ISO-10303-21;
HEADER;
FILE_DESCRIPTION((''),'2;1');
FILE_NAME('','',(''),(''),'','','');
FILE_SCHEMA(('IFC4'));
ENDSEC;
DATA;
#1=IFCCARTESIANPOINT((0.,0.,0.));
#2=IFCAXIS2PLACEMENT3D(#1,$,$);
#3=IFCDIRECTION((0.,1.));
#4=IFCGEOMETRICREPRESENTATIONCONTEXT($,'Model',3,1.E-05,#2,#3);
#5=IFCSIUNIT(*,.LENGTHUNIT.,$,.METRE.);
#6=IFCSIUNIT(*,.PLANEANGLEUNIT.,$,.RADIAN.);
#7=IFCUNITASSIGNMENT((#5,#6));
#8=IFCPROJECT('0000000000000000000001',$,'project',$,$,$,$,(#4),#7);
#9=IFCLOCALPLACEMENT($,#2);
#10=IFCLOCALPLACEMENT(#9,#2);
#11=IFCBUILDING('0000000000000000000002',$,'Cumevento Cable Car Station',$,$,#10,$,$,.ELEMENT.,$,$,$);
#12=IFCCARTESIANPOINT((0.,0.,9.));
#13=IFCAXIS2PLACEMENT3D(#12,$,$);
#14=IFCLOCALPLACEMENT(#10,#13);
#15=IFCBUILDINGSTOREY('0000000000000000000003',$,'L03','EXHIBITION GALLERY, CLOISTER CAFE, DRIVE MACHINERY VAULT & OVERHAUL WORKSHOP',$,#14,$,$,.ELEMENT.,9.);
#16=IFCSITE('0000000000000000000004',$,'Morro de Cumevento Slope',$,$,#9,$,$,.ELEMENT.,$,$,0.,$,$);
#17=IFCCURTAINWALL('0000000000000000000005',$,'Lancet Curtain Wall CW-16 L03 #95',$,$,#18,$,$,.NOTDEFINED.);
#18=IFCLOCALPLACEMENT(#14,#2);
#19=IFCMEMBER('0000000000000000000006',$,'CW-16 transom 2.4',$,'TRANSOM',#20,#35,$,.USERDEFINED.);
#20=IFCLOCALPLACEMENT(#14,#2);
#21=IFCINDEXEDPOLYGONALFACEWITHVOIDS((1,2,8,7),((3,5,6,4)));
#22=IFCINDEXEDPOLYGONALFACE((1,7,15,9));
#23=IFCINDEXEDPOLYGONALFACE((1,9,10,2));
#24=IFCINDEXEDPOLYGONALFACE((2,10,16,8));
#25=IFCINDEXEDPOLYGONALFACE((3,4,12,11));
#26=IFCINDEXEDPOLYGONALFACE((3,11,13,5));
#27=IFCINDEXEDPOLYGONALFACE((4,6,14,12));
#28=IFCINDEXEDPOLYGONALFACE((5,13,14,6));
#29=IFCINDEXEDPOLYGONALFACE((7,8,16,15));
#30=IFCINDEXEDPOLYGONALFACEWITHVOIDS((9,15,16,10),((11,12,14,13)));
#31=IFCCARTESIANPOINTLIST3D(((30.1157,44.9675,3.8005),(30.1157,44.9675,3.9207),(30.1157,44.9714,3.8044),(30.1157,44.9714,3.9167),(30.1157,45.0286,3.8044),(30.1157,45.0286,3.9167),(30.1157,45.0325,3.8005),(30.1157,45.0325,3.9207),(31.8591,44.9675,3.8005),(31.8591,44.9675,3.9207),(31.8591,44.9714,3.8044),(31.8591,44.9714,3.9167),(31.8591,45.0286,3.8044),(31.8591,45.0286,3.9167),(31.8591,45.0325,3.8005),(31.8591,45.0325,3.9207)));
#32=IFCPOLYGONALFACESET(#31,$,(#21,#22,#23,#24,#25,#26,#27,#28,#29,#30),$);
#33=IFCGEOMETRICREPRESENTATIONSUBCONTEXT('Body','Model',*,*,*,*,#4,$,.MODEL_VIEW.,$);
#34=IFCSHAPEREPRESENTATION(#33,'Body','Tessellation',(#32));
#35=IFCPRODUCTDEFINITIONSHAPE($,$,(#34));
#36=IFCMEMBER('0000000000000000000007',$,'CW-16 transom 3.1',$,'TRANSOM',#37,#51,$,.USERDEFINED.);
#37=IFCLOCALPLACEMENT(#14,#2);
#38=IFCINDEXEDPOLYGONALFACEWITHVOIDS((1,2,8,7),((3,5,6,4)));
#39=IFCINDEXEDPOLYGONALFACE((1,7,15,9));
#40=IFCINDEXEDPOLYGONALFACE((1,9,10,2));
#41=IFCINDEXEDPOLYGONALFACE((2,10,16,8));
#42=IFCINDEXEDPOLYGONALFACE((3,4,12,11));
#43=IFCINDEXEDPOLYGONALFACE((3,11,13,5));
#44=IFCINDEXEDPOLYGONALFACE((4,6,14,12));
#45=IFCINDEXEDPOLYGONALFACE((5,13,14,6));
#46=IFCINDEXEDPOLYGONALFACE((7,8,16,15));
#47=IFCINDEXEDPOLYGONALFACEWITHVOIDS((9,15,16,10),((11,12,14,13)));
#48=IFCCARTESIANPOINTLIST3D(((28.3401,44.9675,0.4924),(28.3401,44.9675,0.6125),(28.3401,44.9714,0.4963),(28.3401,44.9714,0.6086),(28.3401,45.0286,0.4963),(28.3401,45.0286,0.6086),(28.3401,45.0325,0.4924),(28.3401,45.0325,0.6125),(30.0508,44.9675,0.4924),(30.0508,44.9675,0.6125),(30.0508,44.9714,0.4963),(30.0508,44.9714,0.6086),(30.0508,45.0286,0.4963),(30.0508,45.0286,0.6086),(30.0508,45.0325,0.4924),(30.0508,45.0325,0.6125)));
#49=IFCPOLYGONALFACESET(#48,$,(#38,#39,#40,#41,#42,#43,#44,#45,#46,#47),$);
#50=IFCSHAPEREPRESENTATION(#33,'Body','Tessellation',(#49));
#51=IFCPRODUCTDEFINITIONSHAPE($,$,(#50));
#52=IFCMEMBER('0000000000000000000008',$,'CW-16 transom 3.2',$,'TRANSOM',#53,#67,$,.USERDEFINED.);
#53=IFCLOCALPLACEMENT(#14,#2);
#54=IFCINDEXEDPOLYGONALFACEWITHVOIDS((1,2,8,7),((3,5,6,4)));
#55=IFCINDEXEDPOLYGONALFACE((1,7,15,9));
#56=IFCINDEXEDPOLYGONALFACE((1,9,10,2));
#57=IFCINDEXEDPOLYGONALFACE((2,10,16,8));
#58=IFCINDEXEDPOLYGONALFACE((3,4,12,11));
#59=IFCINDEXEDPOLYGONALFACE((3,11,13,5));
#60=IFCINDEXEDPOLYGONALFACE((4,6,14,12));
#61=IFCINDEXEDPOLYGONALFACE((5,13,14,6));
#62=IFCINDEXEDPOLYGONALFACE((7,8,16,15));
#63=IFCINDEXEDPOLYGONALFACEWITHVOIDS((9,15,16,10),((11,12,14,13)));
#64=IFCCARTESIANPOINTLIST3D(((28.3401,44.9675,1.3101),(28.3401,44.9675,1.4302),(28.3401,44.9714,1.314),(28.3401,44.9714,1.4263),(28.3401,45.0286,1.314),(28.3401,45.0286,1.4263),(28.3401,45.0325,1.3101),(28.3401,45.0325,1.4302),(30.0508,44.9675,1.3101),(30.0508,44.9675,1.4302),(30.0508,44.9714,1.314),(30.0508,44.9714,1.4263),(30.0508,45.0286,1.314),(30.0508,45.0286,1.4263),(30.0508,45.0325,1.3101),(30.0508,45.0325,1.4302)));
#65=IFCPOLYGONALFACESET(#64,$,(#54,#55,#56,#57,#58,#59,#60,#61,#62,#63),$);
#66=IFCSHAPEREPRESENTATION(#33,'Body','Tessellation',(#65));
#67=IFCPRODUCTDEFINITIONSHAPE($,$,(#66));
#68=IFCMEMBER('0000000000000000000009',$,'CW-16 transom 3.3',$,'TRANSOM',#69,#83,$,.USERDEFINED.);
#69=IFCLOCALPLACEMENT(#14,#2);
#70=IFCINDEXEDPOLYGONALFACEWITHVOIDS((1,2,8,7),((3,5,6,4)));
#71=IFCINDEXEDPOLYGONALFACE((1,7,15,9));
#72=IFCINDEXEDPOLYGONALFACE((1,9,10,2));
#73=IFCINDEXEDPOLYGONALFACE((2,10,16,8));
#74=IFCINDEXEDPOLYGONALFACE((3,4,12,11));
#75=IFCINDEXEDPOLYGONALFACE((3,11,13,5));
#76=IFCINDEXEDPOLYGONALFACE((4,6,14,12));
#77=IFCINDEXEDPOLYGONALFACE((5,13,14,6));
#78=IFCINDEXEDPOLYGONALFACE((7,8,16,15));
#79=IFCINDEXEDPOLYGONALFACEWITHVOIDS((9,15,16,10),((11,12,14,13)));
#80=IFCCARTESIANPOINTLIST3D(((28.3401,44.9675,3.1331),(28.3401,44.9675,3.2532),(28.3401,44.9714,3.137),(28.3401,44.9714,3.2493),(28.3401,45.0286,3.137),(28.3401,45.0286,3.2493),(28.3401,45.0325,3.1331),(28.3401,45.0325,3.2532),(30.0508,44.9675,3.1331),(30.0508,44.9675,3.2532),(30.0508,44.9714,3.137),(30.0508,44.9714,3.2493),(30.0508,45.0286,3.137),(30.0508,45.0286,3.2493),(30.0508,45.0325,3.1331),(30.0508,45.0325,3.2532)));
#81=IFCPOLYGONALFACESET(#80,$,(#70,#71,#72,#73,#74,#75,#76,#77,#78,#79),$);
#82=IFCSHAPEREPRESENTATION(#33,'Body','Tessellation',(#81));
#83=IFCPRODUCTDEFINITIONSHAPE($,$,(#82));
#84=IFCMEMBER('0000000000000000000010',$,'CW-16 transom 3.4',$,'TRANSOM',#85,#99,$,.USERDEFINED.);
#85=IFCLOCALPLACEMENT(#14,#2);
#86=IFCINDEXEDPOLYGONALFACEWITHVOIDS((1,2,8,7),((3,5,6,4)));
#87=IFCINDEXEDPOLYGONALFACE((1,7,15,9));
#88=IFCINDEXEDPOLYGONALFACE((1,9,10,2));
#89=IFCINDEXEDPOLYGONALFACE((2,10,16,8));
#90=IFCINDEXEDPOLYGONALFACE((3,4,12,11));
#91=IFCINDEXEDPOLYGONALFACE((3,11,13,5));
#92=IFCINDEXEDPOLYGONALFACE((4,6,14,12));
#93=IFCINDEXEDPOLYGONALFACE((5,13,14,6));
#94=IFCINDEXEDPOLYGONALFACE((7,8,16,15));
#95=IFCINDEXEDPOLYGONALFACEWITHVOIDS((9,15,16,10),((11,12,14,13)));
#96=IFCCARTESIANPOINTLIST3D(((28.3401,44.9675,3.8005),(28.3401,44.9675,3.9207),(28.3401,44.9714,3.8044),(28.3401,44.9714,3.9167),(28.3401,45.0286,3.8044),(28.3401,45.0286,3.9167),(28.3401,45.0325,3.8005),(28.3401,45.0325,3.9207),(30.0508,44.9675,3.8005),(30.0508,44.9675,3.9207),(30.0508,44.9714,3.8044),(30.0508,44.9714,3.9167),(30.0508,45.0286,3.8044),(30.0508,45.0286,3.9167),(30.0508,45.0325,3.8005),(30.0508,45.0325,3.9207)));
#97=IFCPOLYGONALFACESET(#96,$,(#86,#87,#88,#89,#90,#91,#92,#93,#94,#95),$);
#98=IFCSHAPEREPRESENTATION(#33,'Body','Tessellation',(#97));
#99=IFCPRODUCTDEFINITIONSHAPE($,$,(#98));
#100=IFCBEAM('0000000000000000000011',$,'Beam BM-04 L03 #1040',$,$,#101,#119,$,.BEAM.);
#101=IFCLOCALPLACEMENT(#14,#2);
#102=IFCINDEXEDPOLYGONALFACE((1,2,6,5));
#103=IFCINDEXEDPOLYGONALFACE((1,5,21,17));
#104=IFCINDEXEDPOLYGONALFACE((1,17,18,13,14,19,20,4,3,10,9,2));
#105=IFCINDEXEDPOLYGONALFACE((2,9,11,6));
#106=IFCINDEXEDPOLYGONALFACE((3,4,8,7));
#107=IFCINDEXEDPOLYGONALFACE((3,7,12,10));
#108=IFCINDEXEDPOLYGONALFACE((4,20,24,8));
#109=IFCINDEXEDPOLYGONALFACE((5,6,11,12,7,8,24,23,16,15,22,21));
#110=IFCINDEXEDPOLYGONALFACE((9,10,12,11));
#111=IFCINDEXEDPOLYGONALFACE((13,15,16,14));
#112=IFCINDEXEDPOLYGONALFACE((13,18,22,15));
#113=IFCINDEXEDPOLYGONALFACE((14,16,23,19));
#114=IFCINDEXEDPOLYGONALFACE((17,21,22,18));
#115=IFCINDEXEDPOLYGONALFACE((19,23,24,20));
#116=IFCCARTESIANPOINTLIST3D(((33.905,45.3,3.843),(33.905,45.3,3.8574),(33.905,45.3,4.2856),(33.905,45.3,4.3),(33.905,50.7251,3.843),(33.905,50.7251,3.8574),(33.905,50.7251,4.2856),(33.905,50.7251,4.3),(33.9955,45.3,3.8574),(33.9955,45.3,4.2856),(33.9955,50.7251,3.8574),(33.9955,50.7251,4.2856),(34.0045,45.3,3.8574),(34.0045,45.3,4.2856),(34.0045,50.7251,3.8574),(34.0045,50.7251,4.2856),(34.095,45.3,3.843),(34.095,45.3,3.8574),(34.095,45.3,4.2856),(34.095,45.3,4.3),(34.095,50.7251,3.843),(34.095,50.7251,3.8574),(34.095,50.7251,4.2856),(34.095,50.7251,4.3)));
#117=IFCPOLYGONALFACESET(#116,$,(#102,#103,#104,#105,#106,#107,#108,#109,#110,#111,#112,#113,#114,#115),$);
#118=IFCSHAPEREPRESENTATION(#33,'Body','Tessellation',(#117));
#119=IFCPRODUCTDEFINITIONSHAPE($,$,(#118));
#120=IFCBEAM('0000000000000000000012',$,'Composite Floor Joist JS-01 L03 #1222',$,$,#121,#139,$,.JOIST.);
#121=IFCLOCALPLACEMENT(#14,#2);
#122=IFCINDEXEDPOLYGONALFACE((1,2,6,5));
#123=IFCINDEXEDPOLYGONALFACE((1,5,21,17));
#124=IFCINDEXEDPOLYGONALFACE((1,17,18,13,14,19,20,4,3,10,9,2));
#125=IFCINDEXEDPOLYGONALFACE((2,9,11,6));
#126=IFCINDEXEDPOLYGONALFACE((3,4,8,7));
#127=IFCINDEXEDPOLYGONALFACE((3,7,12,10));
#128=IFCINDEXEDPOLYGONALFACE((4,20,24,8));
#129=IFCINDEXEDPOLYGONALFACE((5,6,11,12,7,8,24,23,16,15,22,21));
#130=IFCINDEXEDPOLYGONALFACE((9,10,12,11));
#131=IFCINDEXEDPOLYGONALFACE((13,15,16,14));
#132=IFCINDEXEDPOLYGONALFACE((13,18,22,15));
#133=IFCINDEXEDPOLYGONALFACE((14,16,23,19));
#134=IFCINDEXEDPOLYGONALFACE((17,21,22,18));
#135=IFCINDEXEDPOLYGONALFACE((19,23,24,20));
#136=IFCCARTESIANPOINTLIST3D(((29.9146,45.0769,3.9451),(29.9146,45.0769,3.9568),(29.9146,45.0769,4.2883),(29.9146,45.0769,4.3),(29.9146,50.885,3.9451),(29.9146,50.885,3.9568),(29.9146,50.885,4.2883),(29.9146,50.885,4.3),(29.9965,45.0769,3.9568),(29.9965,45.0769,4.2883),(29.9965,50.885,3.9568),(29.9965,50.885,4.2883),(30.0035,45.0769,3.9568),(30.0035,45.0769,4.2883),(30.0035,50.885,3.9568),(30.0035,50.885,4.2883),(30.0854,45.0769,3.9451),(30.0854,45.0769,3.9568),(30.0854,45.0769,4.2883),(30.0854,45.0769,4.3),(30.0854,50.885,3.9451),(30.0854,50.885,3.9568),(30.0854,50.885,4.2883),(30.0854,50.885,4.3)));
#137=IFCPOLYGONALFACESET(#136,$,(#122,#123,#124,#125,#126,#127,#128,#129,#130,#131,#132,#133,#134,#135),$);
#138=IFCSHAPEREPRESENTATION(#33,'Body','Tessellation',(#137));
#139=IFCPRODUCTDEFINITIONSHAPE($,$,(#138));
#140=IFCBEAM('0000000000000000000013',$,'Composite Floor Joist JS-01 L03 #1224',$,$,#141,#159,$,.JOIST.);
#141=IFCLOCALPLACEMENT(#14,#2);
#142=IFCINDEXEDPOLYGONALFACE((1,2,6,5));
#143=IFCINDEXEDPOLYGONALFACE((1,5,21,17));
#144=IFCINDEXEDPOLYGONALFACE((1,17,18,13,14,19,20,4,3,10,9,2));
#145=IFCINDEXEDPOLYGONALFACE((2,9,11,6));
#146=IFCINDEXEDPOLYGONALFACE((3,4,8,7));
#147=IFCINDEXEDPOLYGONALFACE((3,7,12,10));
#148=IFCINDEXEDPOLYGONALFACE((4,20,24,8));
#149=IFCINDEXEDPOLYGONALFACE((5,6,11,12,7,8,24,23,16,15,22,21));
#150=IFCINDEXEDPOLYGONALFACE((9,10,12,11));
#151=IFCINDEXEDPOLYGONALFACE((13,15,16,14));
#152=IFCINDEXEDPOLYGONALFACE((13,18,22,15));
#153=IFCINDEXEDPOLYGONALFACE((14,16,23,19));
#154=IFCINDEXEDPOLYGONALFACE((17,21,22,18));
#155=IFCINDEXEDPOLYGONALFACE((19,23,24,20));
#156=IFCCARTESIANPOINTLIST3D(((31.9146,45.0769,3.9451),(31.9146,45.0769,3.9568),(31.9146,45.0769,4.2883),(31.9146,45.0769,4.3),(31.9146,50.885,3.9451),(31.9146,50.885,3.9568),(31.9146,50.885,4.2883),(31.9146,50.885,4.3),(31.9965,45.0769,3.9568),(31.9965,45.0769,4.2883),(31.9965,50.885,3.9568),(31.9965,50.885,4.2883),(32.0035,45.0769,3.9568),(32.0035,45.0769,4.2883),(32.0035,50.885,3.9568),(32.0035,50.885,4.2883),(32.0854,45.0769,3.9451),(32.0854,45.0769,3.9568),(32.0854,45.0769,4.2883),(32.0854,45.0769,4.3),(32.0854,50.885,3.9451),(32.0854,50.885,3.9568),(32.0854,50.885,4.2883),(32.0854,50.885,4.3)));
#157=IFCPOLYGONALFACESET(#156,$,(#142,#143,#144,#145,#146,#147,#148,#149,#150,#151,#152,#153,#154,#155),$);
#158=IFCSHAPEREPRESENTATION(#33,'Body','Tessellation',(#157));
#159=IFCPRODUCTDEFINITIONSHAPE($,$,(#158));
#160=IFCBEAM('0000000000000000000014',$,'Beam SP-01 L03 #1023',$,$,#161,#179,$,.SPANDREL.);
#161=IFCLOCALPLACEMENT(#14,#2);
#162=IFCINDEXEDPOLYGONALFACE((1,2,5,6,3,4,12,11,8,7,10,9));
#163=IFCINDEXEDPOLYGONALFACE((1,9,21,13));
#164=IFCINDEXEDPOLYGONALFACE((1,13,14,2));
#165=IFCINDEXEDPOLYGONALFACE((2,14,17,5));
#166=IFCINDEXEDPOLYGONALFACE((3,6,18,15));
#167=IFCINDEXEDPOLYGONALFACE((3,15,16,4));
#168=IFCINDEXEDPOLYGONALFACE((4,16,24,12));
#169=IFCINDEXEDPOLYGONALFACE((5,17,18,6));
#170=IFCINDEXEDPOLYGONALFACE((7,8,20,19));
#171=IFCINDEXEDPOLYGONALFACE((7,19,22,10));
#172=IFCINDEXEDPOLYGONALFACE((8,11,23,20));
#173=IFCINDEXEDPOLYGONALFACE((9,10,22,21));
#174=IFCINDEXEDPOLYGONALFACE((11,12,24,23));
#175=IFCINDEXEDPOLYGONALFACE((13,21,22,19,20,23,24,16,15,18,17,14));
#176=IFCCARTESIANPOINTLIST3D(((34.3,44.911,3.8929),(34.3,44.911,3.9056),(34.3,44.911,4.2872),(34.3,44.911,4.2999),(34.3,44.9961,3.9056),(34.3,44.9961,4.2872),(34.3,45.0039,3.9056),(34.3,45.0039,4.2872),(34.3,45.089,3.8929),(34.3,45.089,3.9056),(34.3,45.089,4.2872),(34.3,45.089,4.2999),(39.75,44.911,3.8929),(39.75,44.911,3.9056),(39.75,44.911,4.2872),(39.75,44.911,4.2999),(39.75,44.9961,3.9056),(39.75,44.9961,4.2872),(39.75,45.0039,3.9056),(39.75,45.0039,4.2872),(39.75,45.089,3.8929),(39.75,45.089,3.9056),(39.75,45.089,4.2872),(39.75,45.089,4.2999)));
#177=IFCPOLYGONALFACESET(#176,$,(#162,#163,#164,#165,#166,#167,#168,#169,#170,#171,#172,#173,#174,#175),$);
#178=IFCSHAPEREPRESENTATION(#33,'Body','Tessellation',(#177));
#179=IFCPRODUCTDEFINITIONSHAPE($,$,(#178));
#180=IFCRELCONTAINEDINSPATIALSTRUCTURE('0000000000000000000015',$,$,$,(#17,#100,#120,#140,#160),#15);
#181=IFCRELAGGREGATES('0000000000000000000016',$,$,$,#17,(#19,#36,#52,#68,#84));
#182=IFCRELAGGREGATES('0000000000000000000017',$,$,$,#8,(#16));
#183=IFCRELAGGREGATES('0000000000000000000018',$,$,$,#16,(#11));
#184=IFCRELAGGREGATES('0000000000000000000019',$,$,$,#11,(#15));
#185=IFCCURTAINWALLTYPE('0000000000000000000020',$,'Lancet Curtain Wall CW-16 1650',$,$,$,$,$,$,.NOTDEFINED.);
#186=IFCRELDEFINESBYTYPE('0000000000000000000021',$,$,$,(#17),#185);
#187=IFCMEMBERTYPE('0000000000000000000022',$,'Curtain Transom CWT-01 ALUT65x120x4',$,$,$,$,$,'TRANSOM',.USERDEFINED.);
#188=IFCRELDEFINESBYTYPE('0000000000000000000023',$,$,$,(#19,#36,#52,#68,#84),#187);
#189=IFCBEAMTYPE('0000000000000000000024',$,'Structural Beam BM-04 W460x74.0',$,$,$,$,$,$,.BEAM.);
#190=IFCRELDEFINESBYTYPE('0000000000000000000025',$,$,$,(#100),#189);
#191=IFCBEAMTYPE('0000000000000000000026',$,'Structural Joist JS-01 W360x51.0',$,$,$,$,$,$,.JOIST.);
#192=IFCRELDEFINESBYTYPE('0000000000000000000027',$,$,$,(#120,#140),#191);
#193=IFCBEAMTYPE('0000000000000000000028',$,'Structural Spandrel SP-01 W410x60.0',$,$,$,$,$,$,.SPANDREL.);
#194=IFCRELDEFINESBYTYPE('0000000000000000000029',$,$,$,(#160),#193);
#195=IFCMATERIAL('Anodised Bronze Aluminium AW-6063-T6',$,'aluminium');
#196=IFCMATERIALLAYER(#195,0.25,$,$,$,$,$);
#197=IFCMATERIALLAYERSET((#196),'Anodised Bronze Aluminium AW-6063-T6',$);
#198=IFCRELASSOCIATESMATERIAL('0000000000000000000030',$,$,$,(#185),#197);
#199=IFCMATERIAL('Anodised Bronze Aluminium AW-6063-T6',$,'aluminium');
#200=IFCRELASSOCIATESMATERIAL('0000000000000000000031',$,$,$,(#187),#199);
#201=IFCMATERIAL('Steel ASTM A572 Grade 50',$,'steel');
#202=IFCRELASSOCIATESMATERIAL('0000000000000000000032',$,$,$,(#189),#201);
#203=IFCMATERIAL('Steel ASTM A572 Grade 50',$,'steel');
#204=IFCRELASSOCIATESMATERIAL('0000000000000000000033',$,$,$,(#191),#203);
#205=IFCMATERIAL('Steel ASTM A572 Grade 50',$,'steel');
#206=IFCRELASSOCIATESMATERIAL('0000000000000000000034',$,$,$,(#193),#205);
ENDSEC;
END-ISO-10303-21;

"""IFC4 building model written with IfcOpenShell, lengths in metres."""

from ifc_helpers import new_model, si_unit, direction, frame, origin, origin_2d, place, context, subcontext, project, spatial, hollow_rectangle, i_section, extrude, material, layer, layer_set, material_profile, profile_set, type_object, element, aggregate, save


model = new_model("IFC4")

# Units and contexts
model_context = context("Model", 3, precision=1e-05, world=origin(), true_north=direction((0.0, 1.0)))
body_context = subcontext(model_context, "Body", "Model", "MODEL_VIEW")
ifc_project = project(units=[si_unit("LENGTHUNIT", "METRE"), si_unit("PLANEANGLEUNIT", "RADIAN")], contexts=[model_context])

# Site, building, storey
site_placement = place(None, origin())
site = spatial("IfcSite", under=ifc_project, at=site_placement, Name="Morro de Cumevento Slope", CompositionType="ELEMENT", RefElevation=0.0)
building_placement = place(site_placement, origin())
building = spatial("IfcBuilding", under=site, at=building_placement, Name="Cumevento Cable Car Station", CompositionType="ELEMENT")
storey_placement = place(building_placement, frame((0.0, 0.0, 9.0)))
storey = spatial("IfcBuildingStorey", under=building, at=storey_placement, Name="L03", Description="EXHIBITION GALLERY, CLOISTER CAFE, DRIVE MACHINERY VAULT & OVERHAUL WORKSHOP", CompositionType="ELEMENT", Elevation=9.0)

# Curtain wall, members
ifc_material_1 = material(Name="Anodised Bronze Aluminium AW-6063-T6", Category="aluminium")
ifc_layer_1 = layer(ifc_material_1, 0.25)
ifc_layer_set_1 = layer_set([ifc_layer_1], Name="Anodised Bronze Aluminium AW-6063-T6")
curtain_wall_type = type_object("IfcCurtainWallType", Name="Lancet Curtain Wall CW-16 1650", PredefinedType="NOTDEFINED", material=ifc_layer_set_1)
curtain_wall_placement = place(storey_placement, origin())
curtain_wall = element("IfcCurtainWall", 1, at=curtain_wall_placement, inside=storey, type_object=curtain_wall_type, Name="Lancet Curtain Wall CW-16 L03 #95", PredefinedType="NOTDEFINED")
ifc_material_2 = material(Name="Anodised Bronze Aluminium AW-6063-T6", Category="aluminium")
ifc_material_profile_1 = material_profile(ifc_material_2, hollow_rectangle(XDim=0.0649, YDim=0.1201, WallThickness=0.0039, at=origin_2d()), Name="ALUT65x120x4")
ifc_profile_set_1 = profile_set([ifc_material_profile_1], Name="Anodised Bronze Aluminium AW-6063-T6")
member_type_1 = type_object("IfcMemberType", Name="Curtain Transom CWT-01 ALUT65x120x4", ElementType="TRANSOM", PredefinedType="USERDEFINED", material=ifc_profile_set_1)
member_1_placement = place(storey_placement, frame((31.8591, 45.0, 3.8606), z_axis=(-1.0, 0.0, 0.0), x_axis=(0.0, -1.0, 0.0)))
member_1 = element("IfcMember", 2, at=member_1_placement, type_object=member_type_1, Name="CW-16 transom 2.4", ObjectType="TRANSOM", PredefinedType="USERDEFINED", context=body_context, shape_type="SweptSolid", body=[
    extrude(hollow_rectangle(XDim=0.0649, YDim=0.1201, WallThickness=0.0039, at=origin_2d()), origin(), (0.0, 0.0, 1.0), 1.7434),
])
member_2_placement = place(storey_placement, frame((30.0508, 45.0, 0.5525), z_axis=(-1.0, 0.0, 0.0), x_axis=(0.0, -1.0, 0.0)))
member_2 = element("IfcMember", 3, at=member_2_placement, type_object=member_type_1, Name="CW-16 transom 3.1", ObjectType="TRANSOM", PredefinedType="USERDEFINED", context=body_context, shape_type="SweptSolid", body=[
    extrude(hollow_rectangle(XDim=0.0649, YDim=0.1201, WallThickness=0.0039, at=origin_2d()), origin(), (0.0, 0.0, 1.0), 1.7107),
])
member_3_placement = place(storey_placement, frame((30.0508, 45.0, 1.3701), z_axis=(-1.0, 0.0, 0.0), x_axis=(0.0, -1.0, 0.0)))
member_3 = element("IfcMember", 4, at=member_3_placement, type_object=member_type_1, Name="CW-16 transom 3.2", ObjectType="TRANSOM", PredefinedType="USERDEFINED", context=body_context, shape_type="SweptSolid", body=[
    extrude(hollow_rectangle(XDim=0.0649, YDim=0.1201, WallThickness=0.0039, at=origin_2d()), origin(), (0.0, 0.0, 1.0), 1.7107),
])
member_4_placement = place(storey_placement, frame((30.0508, 45.0, 3.1931), z_axis=(-1.0, 0.0, 0.0), x_axis=(0.0, -1.0, 0.0)))
member_4 = element("IfcMember", 5, at=member_4_placement, type_object=member_type_1, Name="CW-16 transom 3.3", ObjectType="TRANSOM", PredefinedType="USERDEFINED", context=body_context, shape_type="SweptSolid", body=[
    extrude(hollow_rectangle(XDim=0.0649, YDim=0.1201, WallThickness=0.0039, at=origin_2d()), origin(), (0.0, 0.0, 1.0), 1.7107),
])
member_5_placement = place(storey_placement, frame((30.0508, 45.0, 3.8606), z_axis=(-1.0, 0.0, 0.0), x_axis=(0.0, -1.0, 0.0)))
member_5 = element("IfcMember", 6, at=member_5_placement, type_object=member_type_1, Name="CW-16 transom 3.4", ObjectType="TRANSOM", PredefinedType="USERDEFINED", context=body_context, shape_type="SweptSolid", body=[
    extrude(hollow_rectangle(XDim=0.0649, YDim=0.1201, WallThickness=0.0039, at=origin_2d()), origin(), (0.0, 0.0, 1.0), 1.7107),
])

# Beams
ifc_material_3 = material(Name="Steel ASTM A572 Grade 50", Category="steel")
ifc_material_profile_2 = material_profile(ifc_material_3, i_section(OverallWidth=0.1899, OverallDepth=0.457, WebThickness=0.009, FlangeThickness=0.0144, at=origin_2d()), Name="W460x74.0")
ifc_profile_set_2 = profile_set([ifc_material_profile_2], Name="Steel ASTM A572 Grade 50")
beam_type_1 = type_object("IfcBeamType", Name="Structural Beam BM-04 W460x74.0", PredefinedType="BEAM", material=ifc_profile_set_2)
beam_1_placement = place(storey_placement, frame((34.0, 45.3, 4.0715), z_axis=(0.0, 1.0, 0.0), x_axis=(-1.0, 0.0, 0.0)))
element("IfcBeam", 7, at=beam_1_placement, inside=storey, type_object=beam_type_1, Name="Beam BM-04 L03 #1040", PredefinedType="BEAM", context=body_context, shape_type="SweptSolid", body=[
    extrude(i_section(OverallWidth=0.1899, OverallDepth=0.457, WebThickness=0.009, FlangeThickness=0.0144, at=origin_2d()), origin(), (0.0, 0.0, 1.0), 5.425),
])
ifc_material_4 = material(Name="Steel ASTM A572 Grade 50", Category="steel")
ifc_material_profile_3 = material_profile(ifc_material_4, i_section(OverallWidth=0.1709, OverallDepth=0.355, WebThickness=0.0071, FlangeThickness=0.0117, at=origin_2d()), Name="W360x51.0")
ifc_profile_set_3 = profile_set([ifc_material_profile_3], Name="Steel ASTM A572 Grade 50")
beam_type_2 = type_object("IfcBeamType", Name="Structural Joist JS-01 W360x51.0", PredefinedType="JOIST", material=ifc_profile_set_3)
for number, where, z_axis, x_axis, name in (
    (8, (30.0, 45.0769, 4.1226), (0.0, 1.0, 0.0), (-1.0, 0.0, 0.0), "Composite Floor Joist JS-01 L03 #1222"),
    (9, (32.0, 45.0769, 4.1226), (0.0, 1.0, 0.0), (-1.0, 0.0, 0.0), "Composite Floor Joist JS-01 L03 #1224"),
):
    element("IfcBeam", number, at=place(storey_placement, frame(where, z_axis=z_axis, x_axis=x_axis)), inside=storey, type_object=beam_type_2, Name=name, PredefinedType="JOIST", context=body_context, shape_type="SweptSolid", body=[
        extrude(i_section(OverallWidth=0.1709, OverallDepth=0.355, WebThickness=0.0071, FlangeThickness=0.0117, at=origin_2d()), origin(), (0.0, 0.0, 1.0), 5.8081),
    ])
ifc_material_5 = material(Name="Steel ASTM A572 Grade 50", Category="steel")
ifc_material_profile_4 = material_profile(ifc_material_5, i_section(OverallWidth=0.178, OverallDepth=0.407, WebThickness=0.0078, FlangeThickness=0.0127, at=origin_2d()), Name="W410x60.0")
ifc_profile_set_4 = profile_set([ifc_material_profile_4], Name="Steel ASTM A572 Grade 50")
beam_type_3 = type_object("IfcBeamType", Name="Structural Spandrel SP-01 W410x60.0", PredefinedType="SPANDREL", material=ifc_profile_set_4)
beam_2_placement = place(storey_placement, frame((34.3, 45.0, 4.0964), z_axis=(1.0, 0.0, 0.0), x_axis=(0.0, 1.0, 0.0)))
element("IfcBeam", 10, at=beam_2_placement, inside=storey, type_object=beam_type_3, Name="Beam SP-01 L03 #1023", PredefinedType="SPANDREL", context=body_context, shape_type="SweptSolid", body=[
    extrude(i_section(OverallWidth=0.178, OverallDepth=0.407, WebThickness=0.0078, FlangeThickness=0.0127, at=origin_2d()), origin(), (0.0, 0.0, 1.0), 5.45),
])

aggregate(curtain_wall, [member_1, member_2, member_3, member_4, member_5])

save(model, "model.ifc")
